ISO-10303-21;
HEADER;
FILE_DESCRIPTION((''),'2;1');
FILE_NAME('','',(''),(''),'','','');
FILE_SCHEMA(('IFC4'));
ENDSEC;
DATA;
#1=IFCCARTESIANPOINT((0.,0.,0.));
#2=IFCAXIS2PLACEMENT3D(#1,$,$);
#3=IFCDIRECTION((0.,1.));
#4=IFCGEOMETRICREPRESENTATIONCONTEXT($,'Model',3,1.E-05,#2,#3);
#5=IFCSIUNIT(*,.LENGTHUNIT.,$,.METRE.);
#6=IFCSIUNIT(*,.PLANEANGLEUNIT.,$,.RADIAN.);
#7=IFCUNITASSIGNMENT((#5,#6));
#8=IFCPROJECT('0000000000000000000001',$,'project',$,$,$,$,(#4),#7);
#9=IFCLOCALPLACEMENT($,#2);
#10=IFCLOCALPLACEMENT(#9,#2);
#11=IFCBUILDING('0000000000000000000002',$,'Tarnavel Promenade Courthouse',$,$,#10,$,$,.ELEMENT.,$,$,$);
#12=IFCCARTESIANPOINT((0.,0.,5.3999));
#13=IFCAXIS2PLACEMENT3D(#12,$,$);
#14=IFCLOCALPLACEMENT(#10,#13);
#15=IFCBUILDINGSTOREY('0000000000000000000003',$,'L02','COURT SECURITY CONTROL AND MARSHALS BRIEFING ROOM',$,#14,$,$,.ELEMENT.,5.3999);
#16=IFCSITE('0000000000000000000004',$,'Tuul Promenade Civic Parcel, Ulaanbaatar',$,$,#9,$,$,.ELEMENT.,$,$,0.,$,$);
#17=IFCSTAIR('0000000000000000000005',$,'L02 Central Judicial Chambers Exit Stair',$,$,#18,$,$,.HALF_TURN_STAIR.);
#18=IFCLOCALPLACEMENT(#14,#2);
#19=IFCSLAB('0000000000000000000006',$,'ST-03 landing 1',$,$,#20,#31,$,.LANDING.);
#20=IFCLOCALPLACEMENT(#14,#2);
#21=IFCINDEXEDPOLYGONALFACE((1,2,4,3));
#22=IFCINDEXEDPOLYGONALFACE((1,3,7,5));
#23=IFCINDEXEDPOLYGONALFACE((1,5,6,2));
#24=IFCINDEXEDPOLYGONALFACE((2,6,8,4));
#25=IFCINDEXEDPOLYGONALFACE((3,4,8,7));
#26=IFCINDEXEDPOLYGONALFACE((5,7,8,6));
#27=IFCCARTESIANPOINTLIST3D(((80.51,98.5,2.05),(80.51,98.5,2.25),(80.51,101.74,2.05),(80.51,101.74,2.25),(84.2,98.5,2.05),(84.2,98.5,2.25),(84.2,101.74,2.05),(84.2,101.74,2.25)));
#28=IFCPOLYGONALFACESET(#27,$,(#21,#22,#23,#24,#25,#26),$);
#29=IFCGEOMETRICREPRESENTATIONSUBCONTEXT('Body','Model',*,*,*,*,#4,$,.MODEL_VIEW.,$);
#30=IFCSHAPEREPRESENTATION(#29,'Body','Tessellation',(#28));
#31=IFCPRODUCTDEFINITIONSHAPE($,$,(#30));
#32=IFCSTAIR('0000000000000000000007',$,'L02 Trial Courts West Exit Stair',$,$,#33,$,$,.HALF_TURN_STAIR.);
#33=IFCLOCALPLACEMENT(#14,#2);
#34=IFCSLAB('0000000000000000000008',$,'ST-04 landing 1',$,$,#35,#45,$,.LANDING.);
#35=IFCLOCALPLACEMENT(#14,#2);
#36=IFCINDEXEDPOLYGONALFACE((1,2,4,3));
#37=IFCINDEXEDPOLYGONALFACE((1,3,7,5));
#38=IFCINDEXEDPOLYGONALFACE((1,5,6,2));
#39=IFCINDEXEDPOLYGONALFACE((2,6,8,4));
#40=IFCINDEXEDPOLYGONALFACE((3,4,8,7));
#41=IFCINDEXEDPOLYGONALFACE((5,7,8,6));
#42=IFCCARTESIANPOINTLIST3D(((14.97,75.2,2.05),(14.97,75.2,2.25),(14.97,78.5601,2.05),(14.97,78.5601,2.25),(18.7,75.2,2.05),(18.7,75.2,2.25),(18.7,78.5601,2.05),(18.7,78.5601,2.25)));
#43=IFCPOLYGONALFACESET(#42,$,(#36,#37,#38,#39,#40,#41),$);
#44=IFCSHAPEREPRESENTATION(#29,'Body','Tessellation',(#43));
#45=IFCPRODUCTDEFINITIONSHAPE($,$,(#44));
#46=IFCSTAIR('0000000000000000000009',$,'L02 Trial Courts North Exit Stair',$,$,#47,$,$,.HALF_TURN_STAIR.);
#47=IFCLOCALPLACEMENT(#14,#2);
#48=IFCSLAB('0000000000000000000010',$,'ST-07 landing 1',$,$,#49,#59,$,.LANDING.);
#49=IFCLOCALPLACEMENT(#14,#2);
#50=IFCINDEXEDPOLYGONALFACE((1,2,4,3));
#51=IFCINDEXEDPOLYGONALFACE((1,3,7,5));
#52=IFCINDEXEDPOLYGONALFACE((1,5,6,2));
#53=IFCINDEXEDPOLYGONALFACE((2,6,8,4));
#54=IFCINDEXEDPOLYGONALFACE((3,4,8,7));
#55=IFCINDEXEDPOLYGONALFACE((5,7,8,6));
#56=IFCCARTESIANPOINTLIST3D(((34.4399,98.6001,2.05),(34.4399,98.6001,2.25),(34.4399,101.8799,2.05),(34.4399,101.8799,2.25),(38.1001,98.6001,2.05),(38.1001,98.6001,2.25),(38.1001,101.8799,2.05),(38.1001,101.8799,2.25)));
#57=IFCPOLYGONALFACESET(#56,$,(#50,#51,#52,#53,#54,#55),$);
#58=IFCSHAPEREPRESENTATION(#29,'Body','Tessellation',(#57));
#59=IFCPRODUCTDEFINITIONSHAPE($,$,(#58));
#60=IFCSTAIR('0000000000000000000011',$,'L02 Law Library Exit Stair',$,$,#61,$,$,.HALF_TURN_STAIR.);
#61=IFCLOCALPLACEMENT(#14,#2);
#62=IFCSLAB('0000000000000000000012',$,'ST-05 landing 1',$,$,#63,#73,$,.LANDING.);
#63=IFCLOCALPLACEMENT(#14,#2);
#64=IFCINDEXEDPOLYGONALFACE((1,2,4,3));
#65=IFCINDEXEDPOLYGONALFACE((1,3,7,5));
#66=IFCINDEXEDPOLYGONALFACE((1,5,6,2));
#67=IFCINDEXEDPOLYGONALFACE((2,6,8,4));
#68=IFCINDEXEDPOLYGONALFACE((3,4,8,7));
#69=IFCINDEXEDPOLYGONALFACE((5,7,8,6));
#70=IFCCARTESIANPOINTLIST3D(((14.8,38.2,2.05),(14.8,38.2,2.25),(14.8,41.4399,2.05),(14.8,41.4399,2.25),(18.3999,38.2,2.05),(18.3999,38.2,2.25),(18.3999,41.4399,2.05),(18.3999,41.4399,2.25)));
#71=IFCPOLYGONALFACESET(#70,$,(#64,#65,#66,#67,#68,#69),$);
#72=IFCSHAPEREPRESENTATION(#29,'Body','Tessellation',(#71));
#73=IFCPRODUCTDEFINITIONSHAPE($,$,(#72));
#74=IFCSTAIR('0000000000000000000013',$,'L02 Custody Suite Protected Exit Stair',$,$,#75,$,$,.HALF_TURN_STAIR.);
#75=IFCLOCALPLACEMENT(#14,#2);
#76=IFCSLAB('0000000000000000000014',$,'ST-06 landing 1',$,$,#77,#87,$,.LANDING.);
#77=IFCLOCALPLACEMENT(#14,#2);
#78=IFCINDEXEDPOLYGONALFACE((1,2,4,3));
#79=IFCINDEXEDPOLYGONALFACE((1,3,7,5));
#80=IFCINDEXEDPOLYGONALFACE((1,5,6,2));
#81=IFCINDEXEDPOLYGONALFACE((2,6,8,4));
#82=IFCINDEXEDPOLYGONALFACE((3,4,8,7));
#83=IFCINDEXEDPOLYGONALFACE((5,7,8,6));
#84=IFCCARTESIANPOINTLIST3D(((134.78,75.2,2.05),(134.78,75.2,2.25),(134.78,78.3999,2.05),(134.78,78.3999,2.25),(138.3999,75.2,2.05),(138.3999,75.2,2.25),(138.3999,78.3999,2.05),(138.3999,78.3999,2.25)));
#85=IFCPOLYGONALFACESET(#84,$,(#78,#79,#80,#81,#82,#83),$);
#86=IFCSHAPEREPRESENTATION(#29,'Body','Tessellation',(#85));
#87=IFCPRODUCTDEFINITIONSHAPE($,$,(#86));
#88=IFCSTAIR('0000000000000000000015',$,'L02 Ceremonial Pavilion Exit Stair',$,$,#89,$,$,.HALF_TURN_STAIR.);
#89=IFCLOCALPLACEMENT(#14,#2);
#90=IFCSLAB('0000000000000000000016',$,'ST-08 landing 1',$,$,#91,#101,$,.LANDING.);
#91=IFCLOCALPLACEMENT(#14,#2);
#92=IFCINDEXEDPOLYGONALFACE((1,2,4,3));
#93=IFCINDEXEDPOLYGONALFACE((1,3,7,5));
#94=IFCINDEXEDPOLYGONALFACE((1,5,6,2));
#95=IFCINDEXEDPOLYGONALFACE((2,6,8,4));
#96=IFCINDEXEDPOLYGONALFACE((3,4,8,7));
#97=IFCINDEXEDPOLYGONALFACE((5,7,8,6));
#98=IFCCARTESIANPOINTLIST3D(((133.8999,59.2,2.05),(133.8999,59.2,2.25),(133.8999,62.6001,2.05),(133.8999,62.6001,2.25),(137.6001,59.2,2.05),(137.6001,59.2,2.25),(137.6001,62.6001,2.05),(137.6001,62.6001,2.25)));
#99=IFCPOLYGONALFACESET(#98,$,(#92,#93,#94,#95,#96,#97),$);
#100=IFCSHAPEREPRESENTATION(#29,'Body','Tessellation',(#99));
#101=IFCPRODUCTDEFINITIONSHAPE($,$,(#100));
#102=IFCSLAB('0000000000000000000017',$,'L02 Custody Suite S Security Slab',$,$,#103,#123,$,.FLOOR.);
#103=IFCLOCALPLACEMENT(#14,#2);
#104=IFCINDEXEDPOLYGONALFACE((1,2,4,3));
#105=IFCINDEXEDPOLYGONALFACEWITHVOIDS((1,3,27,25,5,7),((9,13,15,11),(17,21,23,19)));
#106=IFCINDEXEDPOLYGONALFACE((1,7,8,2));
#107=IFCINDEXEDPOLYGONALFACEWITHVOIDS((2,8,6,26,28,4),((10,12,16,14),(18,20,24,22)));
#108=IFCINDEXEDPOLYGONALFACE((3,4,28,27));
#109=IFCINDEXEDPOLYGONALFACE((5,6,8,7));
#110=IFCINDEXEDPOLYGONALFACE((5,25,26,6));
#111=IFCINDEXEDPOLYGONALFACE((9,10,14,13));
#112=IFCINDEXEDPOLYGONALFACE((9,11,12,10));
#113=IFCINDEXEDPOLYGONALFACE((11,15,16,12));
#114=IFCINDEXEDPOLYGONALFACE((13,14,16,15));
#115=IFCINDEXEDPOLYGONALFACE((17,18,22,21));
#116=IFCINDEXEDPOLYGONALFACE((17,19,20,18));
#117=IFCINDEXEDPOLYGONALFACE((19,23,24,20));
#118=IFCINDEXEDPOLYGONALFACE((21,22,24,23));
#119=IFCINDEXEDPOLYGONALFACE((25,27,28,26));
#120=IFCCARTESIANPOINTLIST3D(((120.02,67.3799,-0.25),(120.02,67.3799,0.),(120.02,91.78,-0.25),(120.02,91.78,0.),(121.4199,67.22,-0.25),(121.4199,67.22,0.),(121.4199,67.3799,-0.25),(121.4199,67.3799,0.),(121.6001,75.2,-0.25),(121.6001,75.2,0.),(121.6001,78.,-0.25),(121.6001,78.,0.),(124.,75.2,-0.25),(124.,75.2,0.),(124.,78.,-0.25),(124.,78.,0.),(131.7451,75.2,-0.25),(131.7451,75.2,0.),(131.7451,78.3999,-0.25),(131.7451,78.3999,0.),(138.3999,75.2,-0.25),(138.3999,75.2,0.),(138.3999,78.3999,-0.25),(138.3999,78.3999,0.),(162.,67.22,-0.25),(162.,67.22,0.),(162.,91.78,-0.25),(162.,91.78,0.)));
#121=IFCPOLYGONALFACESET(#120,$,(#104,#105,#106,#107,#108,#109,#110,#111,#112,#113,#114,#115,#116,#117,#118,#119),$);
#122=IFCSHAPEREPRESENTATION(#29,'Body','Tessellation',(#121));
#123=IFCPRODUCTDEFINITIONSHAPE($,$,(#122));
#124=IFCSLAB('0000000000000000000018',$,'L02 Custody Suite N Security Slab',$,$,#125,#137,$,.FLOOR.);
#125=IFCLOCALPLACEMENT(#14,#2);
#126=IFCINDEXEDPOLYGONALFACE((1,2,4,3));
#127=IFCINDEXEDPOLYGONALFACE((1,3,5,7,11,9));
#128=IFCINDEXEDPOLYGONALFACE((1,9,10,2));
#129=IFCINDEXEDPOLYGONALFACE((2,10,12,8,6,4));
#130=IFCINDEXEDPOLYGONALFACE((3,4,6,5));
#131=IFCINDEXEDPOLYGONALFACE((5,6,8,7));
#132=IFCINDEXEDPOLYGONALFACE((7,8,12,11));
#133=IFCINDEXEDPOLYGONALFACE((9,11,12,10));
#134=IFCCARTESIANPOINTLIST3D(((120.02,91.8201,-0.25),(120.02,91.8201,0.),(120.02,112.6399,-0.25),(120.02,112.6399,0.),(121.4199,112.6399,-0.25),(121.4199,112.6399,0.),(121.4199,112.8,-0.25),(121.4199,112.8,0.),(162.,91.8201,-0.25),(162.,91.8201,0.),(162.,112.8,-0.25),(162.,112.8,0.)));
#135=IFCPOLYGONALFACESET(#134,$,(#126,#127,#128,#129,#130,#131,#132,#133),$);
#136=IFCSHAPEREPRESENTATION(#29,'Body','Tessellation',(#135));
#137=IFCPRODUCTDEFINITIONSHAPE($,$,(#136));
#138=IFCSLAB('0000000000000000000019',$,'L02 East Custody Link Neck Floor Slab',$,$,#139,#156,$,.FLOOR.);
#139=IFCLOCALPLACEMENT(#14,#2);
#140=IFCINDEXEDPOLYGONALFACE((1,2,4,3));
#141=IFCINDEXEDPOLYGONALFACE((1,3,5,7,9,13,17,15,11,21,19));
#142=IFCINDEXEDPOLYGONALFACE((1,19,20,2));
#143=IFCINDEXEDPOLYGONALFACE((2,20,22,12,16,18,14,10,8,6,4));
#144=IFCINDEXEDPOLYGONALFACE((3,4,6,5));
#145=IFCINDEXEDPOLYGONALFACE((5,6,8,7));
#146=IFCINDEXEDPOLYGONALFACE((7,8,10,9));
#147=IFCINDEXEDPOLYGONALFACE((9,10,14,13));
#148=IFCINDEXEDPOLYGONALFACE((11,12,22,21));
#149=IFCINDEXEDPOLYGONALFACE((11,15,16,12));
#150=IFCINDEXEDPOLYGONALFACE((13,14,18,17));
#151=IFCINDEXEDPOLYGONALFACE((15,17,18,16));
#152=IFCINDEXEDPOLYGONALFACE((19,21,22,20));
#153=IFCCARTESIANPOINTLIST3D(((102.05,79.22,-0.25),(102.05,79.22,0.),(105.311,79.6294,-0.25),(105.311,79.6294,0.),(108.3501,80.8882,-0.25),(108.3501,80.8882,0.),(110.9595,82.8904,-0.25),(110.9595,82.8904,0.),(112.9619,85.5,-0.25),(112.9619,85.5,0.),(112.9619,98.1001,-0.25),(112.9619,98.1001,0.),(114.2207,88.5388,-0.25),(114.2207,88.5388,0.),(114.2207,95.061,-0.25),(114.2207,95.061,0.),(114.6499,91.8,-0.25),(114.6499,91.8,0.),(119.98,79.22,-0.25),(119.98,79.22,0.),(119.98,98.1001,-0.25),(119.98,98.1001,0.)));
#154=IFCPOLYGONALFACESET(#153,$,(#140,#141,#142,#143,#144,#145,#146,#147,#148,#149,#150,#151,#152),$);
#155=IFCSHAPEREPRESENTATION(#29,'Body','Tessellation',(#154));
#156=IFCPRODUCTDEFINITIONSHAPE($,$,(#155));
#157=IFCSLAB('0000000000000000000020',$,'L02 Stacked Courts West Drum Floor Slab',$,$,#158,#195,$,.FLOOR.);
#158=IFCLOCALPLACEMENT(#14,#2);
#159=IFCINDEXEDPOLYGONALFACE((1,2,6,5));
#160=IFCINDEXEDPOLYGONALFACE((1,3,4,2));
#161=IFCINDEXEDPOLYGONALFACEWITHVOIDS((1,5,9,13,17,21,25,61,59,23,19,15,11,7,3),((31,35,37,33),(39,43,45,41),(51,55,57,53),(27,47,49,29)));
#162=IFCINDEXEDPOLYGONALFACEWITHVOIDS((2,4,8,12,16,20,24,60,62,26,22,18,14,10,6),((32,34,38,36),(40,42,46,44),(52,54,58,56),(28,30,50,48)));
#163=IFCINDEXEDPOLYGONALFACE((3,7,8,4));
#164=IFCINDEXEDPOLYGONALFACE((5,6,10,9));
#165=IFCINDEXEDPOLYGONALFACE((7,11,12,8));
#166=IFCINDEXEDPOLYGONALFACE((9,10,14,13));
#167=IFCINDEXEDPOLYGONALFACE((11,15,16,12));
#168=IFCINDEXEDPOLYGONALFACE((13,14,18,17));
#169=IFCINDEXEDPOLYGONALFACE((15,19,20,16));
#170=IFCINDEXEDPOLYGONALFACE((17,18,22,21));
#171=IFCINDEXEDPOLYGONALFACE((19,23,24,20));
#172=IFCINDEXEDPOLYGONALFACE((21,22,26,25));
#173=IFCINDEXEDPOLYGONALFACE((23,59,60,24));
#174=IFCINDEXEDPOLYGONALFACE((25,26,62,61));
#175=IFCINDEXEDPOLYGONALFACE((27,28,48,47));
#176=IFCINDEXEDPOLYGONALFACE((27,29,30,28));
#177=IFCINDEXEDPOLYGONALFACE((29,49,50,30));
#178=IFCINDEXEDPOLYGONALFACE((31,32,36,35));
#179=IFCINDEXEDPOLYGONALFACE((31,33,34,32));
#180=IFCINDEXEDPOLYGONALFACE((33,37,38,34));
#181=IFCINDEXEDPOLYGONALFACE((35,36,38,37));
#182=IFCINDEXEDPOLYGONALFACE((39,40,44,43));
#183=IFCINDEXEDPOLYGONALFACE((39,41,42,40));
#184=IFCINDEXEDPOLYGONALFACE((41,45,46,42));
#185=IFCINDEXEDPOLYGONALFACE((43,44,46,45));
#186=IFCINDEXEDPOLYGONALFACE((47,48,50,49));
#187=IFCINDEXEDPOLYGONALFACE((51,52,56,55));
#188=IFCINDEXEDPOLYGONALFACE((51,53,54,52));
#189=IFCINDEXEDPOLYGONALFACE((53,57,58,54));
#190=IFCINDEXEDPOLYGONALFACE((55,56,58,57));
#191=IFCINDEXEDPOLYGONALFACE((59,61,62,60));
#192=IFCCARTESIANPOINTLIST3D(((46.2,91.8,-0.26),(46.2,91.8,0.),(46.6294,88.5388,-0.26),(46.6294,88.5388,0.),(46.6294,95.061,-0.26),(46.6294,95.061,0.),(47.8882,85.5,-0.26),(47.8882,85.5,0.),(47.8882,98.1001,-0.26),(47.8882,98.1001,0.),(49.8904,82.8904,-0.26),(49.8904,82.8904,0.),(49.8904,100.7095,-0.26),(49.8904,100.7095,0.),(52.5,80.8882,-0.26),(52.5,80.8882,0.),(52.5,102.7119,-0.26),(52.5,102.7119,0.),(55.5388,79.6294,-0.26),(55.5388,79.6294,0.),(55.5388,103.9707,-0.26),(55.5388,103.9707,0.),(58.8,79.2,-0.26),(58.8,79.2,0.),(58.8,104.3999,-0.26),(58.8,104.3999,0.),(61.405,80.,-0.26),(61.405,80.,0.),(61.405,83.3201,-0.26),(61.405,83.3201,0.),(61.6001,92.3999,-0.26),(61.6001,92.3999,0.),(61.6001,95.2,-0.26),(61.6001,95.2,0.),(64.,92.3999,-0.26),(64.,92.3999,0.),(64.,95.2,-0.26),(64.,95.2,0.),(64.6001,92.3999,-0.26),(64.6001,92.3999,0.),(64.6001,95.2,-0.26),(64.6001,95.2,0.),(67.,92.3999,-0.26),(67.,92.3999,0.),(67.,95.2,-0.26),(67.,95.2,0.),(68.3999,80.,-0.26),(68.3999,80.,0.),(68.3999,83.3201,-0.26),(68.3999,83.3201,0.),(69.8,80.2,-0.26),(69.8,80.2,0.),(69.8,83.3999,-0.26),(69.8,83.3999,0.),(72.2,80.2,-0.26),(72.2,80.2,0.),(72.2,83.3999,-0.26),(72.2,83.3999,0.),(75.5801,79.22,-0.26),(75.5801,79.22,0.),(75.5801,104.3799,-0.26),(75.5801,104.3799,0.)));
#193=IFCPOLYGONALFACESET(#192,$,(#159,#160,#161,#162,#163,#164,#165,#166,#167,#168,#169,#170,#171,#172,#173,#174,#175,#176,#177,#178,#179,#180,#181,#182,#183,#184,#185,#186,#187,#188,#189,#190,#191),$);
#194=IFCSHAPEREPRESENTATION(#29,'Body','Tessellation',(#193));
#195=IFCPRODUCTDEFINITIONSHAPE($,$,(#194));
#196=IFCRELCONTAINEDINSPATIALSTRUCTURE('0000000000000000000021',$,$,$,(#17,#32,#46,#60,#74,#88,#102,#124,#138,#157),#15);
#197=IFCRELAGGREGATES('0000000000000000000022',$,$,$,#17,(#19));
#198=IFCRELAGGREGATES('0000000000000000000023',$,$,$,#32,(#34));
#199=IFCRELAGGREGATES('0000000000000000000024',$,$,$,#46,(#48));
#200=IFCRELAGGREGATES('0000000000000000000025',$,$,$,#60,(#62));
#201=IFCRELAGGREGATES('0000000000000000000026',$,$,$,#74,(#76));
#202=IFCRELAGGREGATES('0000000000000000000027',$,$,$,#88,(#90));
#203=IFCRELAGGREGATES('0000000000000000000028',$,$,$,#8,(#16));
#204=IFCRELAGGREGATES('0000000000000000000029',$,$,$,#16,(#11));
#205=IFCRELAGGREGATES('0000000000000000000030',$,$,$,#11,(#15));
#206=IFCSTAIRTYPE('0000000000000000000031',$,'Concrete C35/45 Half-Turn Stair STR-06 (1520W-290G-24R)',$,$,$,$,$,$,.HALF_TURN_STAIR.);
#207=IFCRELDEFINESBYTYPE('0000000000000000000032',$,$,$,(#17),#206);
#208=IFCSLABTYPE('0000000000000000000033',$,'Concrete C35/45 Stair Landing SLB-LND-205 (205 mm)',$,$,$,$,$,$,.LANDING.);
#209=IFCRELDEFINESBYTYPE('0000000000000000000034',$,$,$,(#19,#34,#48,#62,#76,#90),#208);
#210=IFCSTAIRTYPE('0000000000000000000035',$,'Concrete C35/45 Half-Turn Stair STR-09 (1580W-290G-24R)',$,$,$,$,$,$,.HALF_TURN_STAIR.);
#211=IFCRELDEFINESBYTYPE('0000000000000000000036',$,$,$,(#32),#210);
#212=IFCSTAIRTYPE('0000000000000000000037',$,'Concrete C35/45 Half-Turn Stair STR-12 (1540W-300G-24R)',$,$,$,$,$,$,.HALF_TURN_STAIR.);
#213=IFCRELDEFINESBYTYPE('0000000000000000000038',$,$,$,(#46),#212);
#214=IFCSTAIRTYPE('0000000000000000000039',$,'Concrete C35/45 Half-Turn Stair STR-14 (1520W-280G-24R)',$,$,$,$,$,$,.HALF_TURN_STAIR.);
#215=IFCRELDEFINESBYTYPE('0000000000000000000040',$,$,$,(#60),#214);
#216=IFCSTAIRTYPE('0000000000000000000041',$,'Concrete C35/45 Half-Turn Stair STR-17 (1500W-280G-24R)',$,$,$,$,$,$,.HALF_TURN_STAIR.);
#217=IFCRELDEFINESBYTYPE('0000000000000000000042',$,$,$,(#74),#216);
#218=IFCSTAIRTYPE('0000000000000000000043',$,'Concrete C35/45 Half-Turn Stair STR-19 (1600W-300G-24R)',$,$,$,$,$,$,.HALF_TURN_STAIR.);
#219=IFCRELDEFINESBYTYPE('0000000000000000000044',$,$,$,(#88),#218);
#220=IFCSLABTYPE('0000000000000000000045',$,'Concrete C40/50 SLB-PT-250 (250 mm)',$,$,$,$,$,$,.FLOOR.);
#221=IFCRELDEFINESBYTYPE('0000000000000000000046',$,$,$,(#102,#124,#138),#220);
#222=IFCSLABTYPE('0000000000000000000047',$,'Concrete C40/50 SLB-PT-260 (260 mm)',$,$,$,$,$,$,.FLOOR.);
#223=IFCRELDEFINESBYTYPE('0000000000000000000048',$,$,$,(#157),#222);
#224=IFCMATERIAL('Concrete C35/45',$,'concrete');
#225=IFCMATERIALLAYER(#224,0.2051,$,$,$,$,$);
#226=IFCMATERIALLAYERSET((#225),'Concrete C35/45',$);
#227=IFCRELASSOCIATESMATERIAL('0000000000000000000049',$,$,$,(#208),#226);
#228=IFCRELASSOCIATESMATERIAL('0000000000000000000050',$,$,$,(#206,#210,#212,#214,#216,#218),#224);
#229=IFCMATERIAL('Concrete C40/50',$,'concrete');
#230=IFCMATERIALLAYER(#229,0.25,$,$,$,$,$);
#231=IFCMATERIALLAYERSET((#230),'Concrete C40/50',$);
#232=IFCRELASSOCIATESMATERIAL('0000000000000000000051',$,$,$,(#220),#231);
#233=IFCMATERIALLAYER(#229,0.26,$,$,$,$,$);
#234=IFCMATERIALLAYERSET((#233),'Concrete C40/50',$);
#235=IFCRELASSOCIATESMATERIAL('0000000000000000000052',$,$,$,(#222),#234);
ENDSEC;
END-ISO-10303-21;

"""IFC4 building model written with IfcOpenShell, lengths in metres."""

from ifc_helpers import new_model, si_unit, direction, frame, origin, place, context, subcontext, project, spatial, polyline, outline, extrude, material, layer, layer_set, type_object, element, aggregate, save


model = new_model("IFC4")

# Units and contexts
model_context = context("Model", 3, precision=1e-05, world=origin(), true_north=direction((0.0, 1.0)))
body_context = subcontext(model_context, "Body", "Model", "MODEL_VIEW")
ifc_project = project(units=[si_unit("LENGTHUNIT", "METRE"), si_unit("PLANEANGLEUNIT", "RADIAN")], contexts=[model_context])

# Site, building, storey
site_placement = place(None, origin())
site = spatial("IfcSite", under=ifc_project, at=site_placement, Name="Tuul Promenade Civic Parcel, Ulaanbaatar", CompositionType="ELEMENT", RefElevation=0.0)
building_placement = place(site_placement, origin())
building = spatial("IfcBuilding", under=site, at=building_placement, Name="Tarnavel Promenade Courthouse", CompositionType="ELEMENT")
storey_placement = place(building_placement, frame((0.0, 0.0, 5.3999)))
storey = spatial("IfcBuildingStorey", under=building, at=storey_placement, Name="L02", Description="COURT SECURITY CONTROL AND MARSHALS BRIEFING ROOM", CompositionType="ELEMENT", Elevation=5.3999)

# Shared definitions
ifc_material_1 = material(Name="Concrete C40/50", Category="concrete")

# Shared definitions
ifc_material_2 = material(Name="Concrete C35/45", Category="concrete")

# Stairs, slabs
ifc_layer_1 = layer(ifc_material_2, 0.2051)
ifc_layer_set_1 = layer_set([ifc_layer_1], Name="Concrete C35/45")
slab_type_1 = type_object("IfcSlabType", Name="Concrete C35/45 Stair Landing SLB-LND-205 (205 mm)", PredefinedType="LANDING", material=ifc_layer_set_1)
stair_type_1 = type_object("IfcStairType", Name="Concrete C35/45 Half-Turn Stair STR-06 (1520W-290G-24R)", PredefinedType="HALF_TURN_STAIR", material=ifc_material_2)
stair_1_placement = place(storey_placement, origin())
stair_1 = element("IfcStair", 1, at=stair_1_placement, inside=storey, type_object=stair_type_1, Name="L02 Central Judicial Chambers Exit Stair", PredefinedType="HALF_TURN_STAIR")
slab_1_placement = place(storey_placement, frame((0.0, 0.0, 2.05)))
slab_1 = element("IfcSlab", 2, at=slab_1_placement, type_object=slab_type_1, Name="ST-03 landing 1", PredefinedType="LANDING", context=body_context, shape_type="SweptSolid", body=[
    extrude(outline(polyline([(80.51, 98.5), (84.2, 98.5), (84.2, 101.74), (80.51, 101.74), (80.51, 98.5)])), origin(), (0.0, 0.0, 1.0), 0.2),
])
aggregate(stair_1, [slab_1])
stair_type_2 = type_object("IfcStairType", Name="Concrete C35/45 Half-Turn Stair STR-09 (1580W-290G-24R)", PredefinedType="HALF_TURN_STAIR", material=ifc_material_2)
stair_2_placement = place(storey_placement, origin())
stair_2 = element("IfcStair", 3, at=stair_2_placement, inside=storey, type_object=stair_type_2, Name="L02 Trial Courts West Exit Stair", PredefinedType="HALF_TURN_STAIR")
slab_2_placement = place(storey_placement, frame((0.0, 0.0, 2.05)))
slab_2 = element("IfcSlab", 4, at=slab_2_placement, type_object=slab_type_1, Name="ST-04 landing 1", PredefinedType="LANDING", context=body_context, shape_type="SweptSolid", body=[
    extrude(outline(polyline([(14.97, 75.2), (18.7, 75.2), (18.7, 78.5601), (14.97, 78.5601), (14.97, 75.2)])), origin(), (0.0, 0.0, 1.0), 0.2),
])
aggregate(stair_2, [slab_2])
stair_type_3 = type_object("IfcStairType", Name="Concrete C35/45 Half-Turn Stair STR-12 (1540W-300G-24R)", PredefinedType="HALF_TURN_STAIR", material=ifc_material_2)
stair_3_placement = place(storey_placement, origin())
stair_3 = element("IfcStair", 5, at=stair_3_placement, inside=storey, type_object=stair_type_3, Name="L02 Trial Courts North Exit Stair", PredefinedType="HALF_TURN_STAIR")
slab_3_placement = place(storey_placement, frame((0.0, 0.0, 2.05)))
slab_3 = element("IfcSlab", 6, at=slab_3_placement, type_object=slab_type_1, Name="ST-07 landing 1", PredefinedType="LANDING", context=body_context, shape_type="SweptSolid", body=[
    extrude(outline(polyline([(34.4399, 98.6001), (38.1001, 98.6001), (38.1001, 101.8799), (34.4399, 101.8799), (34.4399, 98.6001)])), origin(), (0.0, 0.0, 1.0), 0.2),
])
aggregate(stair_3, [slab_3])
stair_type_4 = type_object("IfcStairType", Name="Concrete C35/45 Half-Turn Stair STR-14 (1520W-280G-24R)", PredefinedType="HALF_TURN_STAIR", material=ifc_material_2)
stair_4_placement = place(storey_placement, origin())
stair_4 = element("IfcStair", 7, at=stair_4_placement, inside=storey, type_object=stair_type_4, Name="L02 Law Library Exit Stair", PredefinedType="HALF_TURN_STAIR")
slab_4_placement = place(storey_placement, frame((0.0, 0.0, 2.05)))
slab_4 = element("IfcSlab", 8, at=slab_4_placement, type_object=slab_type_1, Name="ST-05 landing 1", PredefinedType="LANDING", context=body_context, shape_type="SweptSolid", body=[
    extrude(outline(polyline([(14.8, 38.2), (18.3999, 38.2), (18.3999, 41.4399), (14.8, 41.4399), (14.8, 38.2)])), origin(), (0.0, 0.0, 1.0), 0.2),
])
aggregate(stair_4, [slab_4])
stair_type_5 = type_object("IfcStairType", Name="Concrete C35/45 Half-Turn Stair STR-17 (1500W-280G-24R)", PredefinedType="HALF_TURN_STAIR", material=ifc_material_2)
stair_5_placement = place(storey_placement, origin())
stair_5 = element("IfcStair", 9, at=stair_5_placement, inside=storey, type_object=stair_type_5, Name="L02 Custody Suite Protected Exit Stair", PredefinedType="HALF_TURN_STAIR")
slab_5_placement = place(storey_placement, frame((0.0, 0.0, 2.05)))
slab_5 = element("IfcSlab", 10, at=slab_5_placement, type_object=slab_type_1, Name="ST-06 landing 1", PredefinedType="LANDING", context=body_context, shape_type="SweptSolid", body=[
    extrude(outline(polyline([(134.78, 75.2), (138.3999, 75.2), (138.3999, 78.3999), (134.78, 78.3999), (134.78, 75.2)])), origin(), (0.0, 0.0, 1.0), 0.2),
])
aggregate(stair_5, [slab_5])
stair_type_6 = type_object("IfcStairType", Name="Concrete C35/45 Half-Turn Stair STR-19 (1600W-300G-24R)", PredefinedType="HALF_TURN_STAIR", material=ifc_material_2)
stair_6_placement = place(storey_placement, origin())
stair_6 = element("IfcStair", 11, at=stair_6_placement, inside=storey, type_object=stair_type_6, Name="L02 Ceremonial Pavilion Exit Stair", PredefinedType="HALF_TURN_STAIR")
slab_6_placement = place(storey_placement, frame((0.0, 0.0, 2.05)))
slab_6 = element("IfcSlab", 12, at=slab_6_placement, type_object=slab_type_1, Name="ST-08 landing 1", PredefinedType="LANDING", context=body_context, shape_type="SweptSolid", body=[
    extrude(outline(polyline([(133.8999, 59.2), (137.6001, 59.2), (137.6001, 62.6001), (133.8999, 62.6001), (133.8999, 59.2)])), origin(), (0.0, 0.0, 1.0), 0.2),
])
aggregate(stair_6, [slab_6])

# Slabs
ifc_layer_2 = layer(ifc_material_1, 0.25)
ifc_layer_set_2 = layer_set([ifc_layer_2], Name="Concrete C40/50")
slab_type_2 = type_object("IfcSlabType", Name="Concrete C40/50 SLB-PT-250 (250 mm)", PredefinedType="FLOOR", material=ifc_layer_set_2)
slab_7_placement = place(storey_placement, frame((0.0, 0.0, -0.25)))
element("IfcSlab", 13, at=slab_7_placement, inside=storey, type_object=slab_type_2, Name="L02 Custody Suite S Security Slab", PredefinedType="FLOOR", context=body_context, shape_type="SweptSolid", body=[
    extrude(outline(polyline([(120.02, 67.3799), (121.4199, 67.3799), (121.4199, 67.22), (162.0, 67.22), (162.0, 91.78), (120.02, 91.78), (120.02, 67.3799)]), holes=[polyline([(131.7451, 75.2), (138.3999, 75.2), (138.3999, 78.3999), (131.7451, 78.3999), (131.7451, 75.2)]), polyline([(121.6001, 75.2), (124.0, 75.2), (124.0, 78.0), (121.6001, 78.0), (121.6001, 75.2)])]), origin(), (0.0, 0.0, 1.0), 0.25),
])
slab_8_placement = place(storey_placement, frame((0.0, 0.0, -0.25)))
element("IfcSlab", 14, at=slab_8_placement, inside=storey, type_object=slab_type_2, Name="L02 Custody Suite N Security Slab", PredefinedType="FLOOR", context=body_context, shape_type="SweptSolid", body=[
    extrude(outline(polyline([(120.02, 91.8201), (162.0, 91.8201), (162.0, 112.8), (121.4199, 112.8), (121.4199, 112.6399), (120.02, 112.6399), (120.02, 91.8201)])), origin(), (0.0, 0.0, 1.0), 0.25),
])
slab_9_placement = place(storey_placement, frame((0.0, 0.0, -0.25)))
element("IfcSlab", 15, at=slab_9_placement, inside=storey, type_object=slab_type_2, Name="L02 East Custody Link Neck Floor Slab", PredefinedType="FLOOR", context=body_context, shape_type="SweptSolid", body=[
    extrude(outline(polyline([(102.05, 79.22), (119.98, 79.22), (119.98, 98.1001), (112.9619, 98.1001), (114.2207, 95.061), (114.6499, 91.8), (114.2207, 88.5388), (112.9619, 85.5), (110.9595, 82.8904), (108.3501, 80.8882), (105.311, 79.6294), (102.05, 79.22)])), origin(), (0.0, 0.0, 1.0), 0.25),
])
ifc_layer_3 = layer(ifc_material_1, 0.26)
ifc_layer_set_3 = layer_set([ifc_layer_3], Name="Concrete C40/50")
slab_type_3 = type_object("IfcSlabType", Name="Concrete C40/50 SLB-PT-260 (260 mm)", PredefinedType="FLOOR", material=ifc_layer_set_3)
slab_10_placement = place(storey_placement, frame((0.0, 0.0, -0.26)))
element("IfcSlab", 16, at=slab_10_placement, inside=storey, type_object=slab_type_3, Name="L02 Stacked Courts West Drum Floor Slab", PredefinedType="FLOOR", context=body_context, shape_type="SweptSolid", body=[
    extrude(outline(polyline([(75.5801, 79.22), (75.5801, 104.3799), (58.8, 104.3999), (55.5388, 103.9707), (52.5, 102.7119), (49.8904, 100.7095), (47.8882, 98.1001), (46.6294, 95.061), (46.2, 91.8), (46.6294, 88.5388), (47.8882, 85.5), (49.8904, 82.8904), (52.5, 80.8882), (55.5388, 79.6294), (58.8, 79.2), (75.5801, 79.22)]), holes=[polyline([(61.405, 80.0), (68.3999, 80.0), (68.3999, 83.3201), (61.405, 83.3201), (61.405, 80.0)]), polyline([(69.8, 80.2), (72.2, 80.2), (72.2, 83.3999), (69.8, 83.3999), (69.8, 80.2)]), polyline([(61.6001, 92.3999), (64.0, 92.3999), (64.0, 95.2), (61.6001, 95.2), (61.6001, 92.3999)]), polyline([(64.6001, 92.3999), (67.0, 92.3999), (67.0, 95.2), (64.6001, 95.2), (64.6001, 92.3999)])]), origin(), (0.0, 0.0, 1.0), 0.26),
])

save(model, "model.ifc")
